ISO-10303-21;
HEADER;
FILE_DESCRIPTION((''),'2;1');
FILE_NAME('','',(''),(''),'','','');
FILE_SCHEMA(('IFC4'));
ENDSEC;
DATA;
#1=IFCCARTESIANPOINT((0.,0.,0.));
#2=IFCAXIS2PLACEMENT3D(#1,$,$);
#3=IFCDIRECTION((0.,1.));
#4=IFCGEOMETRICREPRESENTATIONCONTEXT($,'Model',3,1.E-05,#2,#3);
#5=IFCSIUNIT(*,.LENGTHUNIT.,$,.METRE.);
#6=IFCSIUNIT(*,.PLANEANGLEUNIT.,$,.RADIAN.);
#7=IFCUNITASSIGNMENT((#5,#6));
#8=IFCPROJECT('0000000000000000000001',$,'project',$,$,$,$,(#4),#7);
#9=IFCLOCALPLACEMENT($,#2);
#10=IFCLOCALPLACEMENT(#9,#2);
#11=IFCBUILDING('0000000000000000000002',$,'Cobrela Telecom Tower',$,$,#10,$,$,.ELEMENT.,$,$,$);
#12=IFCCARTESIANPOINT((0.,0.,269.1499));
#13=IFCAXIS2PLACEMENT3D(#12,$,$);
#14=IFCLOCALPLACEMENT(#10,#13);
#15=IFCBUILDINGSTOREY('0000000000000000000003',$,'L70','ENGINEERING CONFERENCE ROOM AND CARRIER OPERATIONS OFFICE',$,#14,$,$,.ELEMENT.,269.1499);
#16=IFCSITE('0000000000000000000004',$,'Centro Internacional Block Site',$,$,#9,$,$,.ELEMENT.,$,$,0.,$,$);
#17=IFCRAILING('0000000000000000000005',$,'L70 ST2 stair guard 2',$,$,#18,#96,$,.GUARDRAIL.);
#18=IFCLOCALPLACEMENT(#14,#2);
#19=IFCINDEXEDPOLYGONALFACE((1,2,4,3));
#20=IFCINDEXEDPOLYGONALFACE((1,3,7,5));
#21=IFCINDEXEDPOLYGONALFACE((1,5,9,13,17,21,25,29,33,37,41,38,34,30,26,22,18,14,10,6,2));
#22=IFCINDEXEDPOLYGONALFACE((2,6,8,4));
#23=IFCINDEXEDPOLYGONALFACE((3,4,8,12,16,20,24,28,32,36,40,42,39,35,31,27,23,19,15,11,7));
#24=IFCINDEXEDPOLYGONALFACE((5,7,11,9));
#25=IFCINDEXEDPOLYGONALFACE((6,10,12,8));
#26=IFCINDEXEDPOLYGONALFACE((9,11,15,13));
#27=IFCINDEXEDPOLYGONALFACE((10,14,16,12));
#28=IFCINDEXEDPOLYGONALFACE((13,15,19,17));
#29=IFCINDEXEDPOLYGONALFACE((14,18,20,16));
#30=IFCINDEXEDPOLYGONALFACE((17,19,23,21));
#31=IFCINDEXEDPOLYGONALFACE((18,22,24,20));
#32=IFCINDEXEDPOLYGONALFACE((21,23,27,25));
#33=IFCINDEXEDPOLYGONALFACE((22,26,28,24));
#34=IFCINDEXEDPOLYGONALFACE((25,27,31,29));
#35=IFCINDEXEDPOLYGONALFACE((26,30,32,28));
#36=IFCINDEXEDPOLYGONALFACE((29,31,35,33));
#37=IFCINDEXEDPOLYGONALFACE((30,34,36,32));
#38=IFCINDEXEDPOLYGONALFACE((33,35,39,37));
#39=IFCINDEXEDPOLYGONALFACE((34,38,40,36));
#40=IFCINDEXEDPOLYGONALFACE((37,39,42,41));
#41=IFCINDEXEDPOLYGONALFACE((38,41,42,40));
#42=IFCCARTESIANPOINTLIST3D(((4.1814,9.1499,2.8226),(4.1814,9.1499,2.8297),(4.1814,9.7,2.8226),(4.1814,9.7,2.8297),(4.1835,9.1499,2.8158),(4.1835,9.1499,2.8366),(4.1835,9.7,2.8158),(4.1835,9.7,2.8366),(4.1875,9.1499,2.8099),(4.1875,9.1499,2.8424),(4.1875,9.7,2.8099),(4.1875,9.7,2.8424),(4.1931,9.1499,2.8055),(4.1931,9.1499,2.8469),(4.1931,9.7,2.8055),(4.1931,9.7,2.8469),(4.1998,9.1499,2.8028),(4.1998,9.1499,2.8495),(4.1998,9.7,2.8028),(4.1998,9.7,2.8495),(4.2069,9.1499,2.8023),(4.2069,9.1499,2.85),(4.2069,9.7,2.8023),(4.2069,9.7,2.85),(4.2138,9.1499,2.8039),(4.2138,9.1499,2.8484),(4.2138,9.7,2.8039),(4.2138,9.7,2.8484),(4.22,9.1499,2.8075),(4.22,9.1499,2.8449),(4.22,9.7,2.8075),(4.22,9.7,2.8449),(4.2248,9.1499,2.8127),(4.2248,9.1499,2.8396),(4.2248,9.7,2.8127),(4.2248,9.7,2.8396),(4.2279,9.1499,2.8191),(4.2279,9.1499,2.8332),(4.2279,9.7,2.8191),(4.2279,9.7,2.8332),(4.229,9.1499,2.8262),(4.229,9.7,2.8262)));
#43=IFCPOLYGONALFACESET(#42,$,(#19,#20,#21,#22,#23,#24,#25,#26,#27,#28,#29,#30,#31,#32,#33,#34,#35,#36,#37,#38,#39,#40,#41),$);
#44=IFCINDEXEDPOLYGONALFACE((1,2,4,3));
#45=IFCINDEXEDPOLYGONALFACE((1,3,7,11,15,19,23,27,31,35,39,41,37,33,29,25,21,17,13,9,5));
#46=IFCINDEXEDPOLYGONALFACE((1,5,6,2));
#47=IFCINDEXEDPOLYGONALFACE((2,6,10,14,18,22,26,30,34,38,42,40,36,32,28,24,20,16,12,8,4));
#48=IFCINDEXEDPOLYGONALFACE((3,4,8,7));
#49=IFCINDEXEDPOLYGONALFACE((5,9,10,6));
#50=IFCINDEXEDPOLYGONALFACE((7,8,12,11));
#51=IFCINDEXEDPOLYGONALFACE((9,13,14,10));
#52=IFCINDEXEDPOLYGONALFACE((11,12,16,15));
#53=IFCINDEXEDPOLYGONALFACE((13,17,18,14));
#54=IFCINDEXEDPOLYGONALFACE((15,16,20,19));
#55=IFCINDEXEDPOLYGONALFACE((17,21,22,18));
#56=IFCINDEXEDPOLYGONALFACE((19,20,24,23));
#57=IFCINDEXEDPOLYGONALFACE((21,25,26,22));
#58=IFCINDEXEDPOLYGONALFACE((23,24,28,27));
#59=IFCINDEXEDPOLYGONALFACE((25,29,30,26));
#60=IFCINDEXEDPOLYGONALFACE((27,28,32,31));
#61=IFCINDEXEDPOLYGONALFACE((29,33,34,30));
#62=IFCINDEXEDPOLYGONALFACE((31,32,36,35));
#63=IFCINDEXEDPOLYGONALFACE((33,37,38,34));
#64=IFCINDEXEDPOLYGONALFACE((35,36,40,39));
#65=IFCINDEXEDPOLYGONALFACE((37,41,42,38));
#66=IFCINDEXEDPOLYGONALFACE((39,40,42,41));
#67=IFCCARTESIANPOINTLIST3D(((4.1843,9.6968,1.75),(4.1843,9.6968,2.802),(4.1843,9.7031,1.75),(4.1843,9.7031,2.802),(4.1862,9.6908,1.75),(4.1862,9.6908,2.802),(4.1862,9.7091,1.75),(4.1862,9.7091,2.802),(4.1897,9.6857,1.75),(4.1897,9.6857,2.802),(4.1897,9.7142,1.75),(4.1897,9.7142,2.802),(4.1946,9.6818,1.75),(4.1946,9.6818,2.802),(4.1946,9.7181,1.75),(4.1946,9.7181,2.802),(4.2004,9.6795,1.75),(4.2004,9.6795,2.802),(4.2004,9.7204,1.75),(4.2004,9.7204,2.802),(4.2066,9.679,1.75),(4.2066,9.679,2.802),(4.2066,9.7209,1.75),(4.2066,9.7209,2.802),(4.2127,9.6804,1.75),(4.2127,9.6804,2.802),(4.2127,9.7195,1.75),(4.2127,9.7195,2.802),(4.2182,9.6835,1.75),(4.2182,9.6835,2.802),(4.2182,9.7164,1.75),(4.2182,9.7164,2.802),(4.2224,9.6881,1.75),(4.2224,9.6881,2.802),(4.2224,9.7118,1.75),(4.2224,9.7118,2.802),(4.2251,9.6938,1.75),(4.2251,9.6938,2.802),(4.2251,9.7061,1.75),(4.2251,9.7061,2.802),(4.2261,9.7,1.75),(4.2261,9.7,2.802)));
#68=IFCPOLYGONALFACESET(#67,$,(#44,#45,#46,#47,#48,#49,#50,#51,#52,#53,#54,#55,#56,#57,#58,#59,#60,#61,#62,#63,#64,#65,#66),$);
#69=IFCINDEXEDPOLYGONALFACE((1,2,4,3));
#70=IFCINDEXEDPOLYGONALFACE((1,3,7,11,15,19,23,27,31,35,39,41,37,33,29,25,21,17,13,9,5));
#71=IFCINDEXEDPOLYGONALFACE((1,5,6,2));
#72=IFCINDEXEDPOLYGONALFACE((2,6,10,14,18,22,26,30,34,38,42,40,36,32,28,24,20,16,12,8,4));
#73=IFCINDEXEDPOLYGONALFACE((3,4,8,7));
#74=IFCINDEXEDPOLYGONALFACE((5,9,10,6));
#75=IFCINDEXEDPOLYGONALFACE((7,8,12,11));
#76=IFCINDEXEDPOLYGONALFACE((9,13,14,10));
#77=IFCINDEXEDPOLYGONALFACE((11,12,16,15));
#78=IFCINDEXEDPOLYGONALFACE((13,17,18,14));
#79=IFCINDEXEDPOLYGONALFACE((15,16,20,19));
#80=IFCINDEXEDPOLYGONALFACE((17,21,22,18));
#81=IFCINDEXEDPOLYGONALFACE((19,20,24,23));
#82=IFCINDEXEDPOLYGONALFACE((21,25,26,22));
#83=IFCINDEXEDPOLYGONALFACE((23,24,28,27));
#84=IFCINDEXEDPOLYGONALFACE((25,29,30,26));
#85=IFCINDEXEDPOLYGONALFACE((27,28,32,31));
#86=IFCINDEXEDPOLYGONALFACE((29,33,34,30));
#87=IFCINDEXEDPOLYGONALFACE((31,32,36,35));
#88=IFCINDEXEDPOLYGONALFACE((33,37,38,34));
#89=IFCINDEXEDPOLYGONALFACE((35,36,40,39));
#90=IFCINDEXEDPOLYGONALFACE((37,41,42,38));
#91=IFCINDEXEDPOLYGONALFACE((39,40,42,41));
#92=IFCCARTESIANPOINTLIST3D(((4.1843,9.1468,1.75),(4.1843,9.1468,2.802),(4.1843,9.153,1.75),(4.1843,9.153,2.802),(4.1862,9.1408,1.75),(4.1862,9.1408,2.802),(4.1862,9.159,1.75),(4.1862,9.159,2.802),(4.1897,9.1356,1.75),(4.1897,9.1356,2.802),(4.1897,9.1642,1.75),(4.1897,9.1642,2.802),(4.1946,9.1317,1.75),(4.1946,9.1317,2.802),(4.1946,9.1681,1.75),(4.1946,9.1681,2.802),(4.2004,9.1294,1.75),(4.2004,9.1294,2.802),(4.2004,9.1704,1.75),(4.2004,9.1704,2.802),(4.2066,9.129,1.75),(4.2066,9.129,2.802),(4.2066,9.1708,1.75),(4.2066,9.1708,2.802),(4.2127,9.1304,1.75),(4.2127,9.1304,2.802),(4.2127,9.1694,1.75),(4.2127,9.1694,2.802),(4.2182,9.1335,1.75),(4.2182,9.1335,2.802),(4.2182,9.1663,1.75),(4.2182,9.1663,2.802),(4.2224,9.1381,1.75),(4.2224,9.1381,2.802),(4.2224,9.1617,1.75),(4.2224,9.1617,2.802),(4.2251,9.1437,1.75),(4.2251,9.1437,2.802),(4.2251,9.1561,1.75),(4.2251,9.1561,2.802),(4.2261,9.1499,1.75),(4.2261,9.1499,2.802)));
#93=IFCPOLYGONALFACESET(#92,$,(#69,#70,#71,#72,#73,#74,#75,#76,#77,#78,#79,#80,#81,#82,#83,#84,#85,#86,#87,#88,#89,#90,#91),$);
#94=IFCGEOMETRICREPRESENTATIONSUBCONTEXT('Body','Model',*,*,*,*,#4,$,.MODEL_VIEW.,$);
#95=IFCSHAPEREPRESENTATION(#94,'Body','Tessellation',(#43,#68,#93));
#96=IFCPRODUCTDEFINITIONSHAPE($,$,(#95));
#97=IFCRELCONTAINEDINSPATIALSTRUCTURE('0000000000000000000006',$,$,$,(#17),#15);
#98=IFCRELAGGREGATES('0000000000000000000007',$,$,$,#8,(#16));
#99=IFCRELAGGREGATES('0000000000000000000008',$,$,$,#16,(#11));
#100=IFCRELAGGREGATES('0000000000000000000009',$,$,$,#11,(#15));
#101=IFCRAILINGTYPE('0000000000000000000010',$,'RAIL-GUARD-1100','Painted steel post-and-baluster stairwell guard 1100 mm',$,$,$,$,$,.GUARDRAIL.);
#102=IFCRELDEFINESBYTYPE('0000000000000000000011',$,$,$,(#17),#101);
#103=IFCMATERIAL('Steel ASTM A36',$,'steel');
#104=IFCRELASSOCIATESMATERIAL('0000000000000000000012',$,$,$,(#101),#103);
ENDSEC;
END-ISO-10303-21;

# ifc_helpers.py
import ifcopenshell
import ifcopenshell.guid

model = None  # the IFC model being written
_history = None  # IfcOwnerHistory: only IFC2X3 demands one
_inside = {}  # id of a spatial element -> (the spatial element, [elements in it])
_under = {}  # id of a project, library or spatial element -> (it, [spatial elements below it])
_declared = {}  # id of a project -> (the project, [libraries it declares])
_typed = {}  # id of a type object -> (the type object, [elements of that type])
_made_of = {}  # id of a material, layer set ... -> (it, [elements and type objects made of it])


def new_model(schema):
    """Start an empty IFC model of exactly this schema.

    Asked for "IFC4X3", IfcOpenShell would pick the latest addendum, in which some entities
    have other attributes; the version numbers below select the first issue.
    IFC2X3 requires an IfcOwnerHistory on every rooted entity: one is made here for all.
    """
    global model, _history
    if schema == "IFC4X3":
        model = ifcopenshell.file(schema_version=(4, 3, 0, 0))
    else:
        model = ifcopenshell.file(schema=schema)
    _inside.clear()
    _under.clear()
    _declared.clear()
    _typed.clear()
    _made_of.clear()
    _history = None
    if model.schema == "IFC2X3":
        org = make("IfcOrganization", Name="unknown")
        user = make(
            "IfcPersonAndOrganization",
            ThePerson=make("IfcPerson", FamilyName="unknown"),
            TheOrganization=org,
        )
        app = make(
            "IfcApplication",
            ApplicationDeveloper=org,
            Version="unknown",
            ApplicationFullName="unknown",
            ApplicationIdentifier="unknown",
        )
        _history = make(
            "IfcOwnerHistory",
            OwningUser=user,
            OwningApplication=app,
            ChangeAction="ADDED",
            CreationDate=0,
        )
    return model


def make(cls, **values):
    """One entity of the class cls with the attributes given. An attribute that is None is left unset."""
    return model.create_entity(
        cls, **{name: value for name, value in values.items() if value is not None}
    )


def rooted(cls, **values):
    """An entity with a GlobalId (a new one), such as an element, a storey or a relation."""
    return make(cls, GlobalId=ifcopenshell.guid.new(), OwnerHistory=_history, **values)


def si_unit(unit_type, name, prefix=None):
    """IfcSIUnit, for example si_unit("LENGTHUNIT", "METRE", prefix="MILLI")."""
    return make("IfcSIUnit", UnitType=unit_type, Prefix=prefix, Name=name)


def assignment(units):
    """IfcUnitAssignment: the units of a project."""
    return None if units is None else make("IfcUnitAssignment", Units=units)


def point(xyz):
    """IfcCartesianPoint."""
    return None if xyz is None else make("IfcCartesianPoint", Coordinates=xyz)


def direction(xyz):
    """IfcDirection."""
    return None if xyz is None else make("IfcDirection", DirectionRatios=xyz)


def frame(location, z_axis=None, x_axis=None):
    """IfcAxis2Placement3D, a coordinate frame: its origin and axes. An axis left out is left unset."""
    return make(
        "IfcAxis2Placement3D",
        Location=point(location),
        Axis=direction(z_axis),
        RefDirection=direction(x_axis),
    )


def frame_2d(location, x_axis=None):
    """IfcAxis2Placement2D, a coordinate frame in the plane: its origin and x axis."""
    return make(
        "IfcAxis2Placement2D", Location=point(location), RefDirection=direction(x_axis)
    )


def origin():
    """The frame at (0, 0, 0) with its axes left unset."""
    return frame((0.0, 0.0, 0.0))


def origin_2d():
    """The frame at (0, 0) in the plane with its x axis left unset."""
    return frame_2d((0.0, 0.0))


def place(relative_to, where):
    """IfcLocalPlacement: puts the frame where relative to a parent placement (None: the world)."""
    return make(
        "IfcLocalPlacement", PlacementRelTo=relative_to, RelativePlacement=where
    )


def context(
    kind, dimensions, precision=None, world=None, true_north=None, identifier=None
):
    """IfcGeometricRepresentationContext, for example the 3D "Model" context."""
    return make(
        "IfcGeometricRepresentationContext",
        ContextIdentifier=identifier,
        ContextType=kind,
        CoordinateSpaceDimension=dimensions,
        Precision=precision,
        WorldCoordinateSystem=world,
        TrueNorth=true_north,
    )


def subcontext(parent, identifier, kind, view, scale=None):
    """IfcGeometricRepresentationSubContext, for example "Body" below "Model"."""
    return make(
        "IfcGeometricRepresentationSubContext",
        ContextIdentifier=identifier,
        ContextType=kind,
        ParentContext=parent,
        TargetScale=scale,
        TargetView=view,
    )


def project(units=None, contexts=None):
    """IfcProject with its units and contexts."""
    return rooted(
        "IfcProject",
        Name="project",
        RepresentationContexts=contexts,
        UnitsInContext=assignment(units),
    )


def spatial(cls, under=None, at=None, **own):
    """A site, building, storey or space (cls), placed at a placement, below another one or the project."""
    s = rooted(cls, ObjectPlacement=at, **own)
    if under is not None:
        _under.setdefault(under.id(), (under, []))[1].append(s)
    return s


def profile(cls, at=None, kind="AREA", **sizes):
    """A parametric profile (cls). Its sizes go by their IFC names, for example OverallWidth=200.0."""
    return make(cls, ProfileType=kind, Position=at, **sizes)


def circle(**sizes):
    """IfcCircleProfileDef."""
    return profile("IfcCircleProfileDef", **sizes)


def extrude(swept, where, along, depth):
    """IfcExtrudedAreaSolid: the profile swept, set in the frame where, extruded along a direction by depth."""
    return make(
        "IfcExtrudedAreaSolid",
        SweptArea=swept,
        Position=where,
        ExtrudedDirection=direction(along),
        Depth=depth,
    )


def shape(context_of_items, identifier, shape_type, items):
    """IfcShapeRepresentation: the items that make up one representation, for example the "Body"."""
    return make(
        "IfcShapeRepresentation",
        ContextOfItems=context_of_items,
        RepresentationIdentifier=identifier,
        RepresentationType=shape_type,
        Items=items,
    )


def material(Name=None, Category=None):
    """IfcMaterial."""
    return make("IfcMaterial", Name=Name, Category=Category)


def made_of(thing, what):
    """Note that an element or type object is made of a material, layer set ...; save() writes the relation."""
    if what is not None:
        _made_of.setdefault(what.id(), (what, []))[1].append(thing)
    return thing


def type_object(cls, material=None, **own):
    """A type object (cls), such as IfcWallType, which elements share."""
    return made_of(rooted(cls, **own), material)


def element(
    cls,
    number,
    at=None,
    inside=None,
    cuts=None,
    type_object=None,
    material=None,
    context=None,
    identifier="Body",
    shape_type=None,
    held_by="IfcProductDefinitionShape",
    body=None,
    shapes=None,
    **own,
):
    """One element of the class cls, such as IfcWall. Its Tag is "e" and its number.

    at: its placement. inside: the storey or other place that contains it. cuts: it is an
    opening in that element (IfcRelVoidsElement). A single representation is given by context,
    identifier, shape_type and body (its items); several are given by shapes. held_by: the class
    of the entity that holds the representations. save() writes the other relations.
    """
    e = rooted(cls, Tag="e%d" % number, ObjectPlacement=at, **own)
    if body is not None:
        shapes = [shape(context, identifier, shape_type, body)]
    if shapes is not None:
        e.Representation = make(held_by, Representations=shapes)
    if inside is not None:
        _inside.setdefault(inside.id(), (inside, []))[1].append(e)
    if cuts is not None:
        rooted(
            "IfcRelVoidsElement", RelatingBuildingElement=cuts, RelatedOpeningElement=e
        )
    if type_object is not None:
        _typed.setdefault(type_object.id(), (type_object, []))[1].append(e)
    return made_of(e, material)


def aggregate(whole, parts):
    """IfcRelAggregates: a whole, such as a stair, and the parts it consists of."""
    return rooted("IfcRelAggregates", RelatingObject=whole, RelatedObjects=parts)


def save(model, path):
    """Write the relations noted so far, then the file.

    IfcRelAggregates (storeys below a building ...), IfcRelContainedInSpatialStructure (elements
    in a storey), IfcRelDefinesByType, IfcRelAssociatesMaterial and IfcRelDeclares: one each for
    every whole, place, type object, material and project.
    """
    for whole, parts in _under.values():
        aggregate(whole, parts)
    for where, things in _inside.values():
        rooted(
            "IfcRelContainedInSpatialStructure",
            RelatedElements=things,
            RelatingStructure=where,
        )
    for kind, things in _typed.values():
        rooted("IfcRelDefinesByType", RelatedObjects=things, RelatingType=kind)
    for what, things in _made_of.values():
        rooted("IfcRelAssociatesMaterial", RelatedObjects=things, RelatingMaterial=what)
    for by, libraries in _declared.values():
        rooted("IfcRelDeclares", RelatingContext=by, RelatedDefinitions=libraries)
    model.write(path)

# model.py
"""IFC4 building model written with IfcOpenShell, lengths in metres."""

from ifc_helpers import new_model, si_unit, direction, frame, origin, origin_2d, place, context, subcontext, project, spatial, circle, extrude, material, type_object, element, save


model = new_model("IFC4")

# Units and contexts
model_context = context("Model", 3, precision=1e-05, world=origin(), true_north=direction((0.0, 1.0)))
body_context = subcontext(model_context, "Body", "Model", "MODEL_VIEW")
ifc_project = project(units=[si_unit("LENGTHUNIT", "METRE"), si_unit("PLANEANGLEUNIT", "RADIAN")], contexts=[model_context])

# Site, building, storey
site_placement = place(None, origin())
site = spatial("IfcSite", under=ifc_project, at=site_placement, Name="Centro Internacional Block Site", CompositionType="ELEMENT", RefElevation=0.0)
building_placement = place(site_placement, origin())
building = spatial("IfcBuilding", under=site, at=building_placement, Name="Cobrela Telecom Tower", CompositionType="ELEMENT")
storey_placement = place(building_placement, frame((0.0, 0.0, 269.1499)))
storey = spatial("IfcBuildingStorey", under=building, at=storey_placement, Name="L70", Description="ENGINEERING CONFERENCE ROOM AND CARRIER OPERATIONS OFFICE", CompositionType="ELEMENT", Elevation=269.1499)

# Railing
ifc_material_1 = material(Name="Steel ASTM A36", Category="steel")
railing_type_1 = type_object("IfcRailingType", Name="RAIL-GUARD-1100", Description="Painted steel post-and-baluster stairwell guard 1100 mm", PredefinedType="GUARDRAIL", material=ifc_material_1)
railing_1_placement = place(storey_placement, frame((4.2051, 9.7, 1.75)))
element("IfcRailing", 1, at=railing_1_placement, inside=storey, type_object=railing_type_1, Name="L70 ST2 stair guard 2", PredefinedType="GUARDRAIL", context=body_context, shape_type="SweptSolid", body=[
    extrude(circle(Radius=0.0239, at=origin_2d()), frame((0.0, 0.0, 1.0762), z_axis=(0.0, -1.0, 0.0), x_axis=(1.0, 0.0, 0.0)), (0.0, 0.0, 1.0), 0.55),
    extrude(circle(Radius=0.021, at=origin_2d()), origin(), (0.0, 0.0, 1.0), 1.052),
    extrude(circle(Radius=0.021, at=origin_2d()), frame((0.0, -0.55, 0.0)), (0.0, 0.0, 1.0), 1.052),
])

save(model, "model.ifc")
